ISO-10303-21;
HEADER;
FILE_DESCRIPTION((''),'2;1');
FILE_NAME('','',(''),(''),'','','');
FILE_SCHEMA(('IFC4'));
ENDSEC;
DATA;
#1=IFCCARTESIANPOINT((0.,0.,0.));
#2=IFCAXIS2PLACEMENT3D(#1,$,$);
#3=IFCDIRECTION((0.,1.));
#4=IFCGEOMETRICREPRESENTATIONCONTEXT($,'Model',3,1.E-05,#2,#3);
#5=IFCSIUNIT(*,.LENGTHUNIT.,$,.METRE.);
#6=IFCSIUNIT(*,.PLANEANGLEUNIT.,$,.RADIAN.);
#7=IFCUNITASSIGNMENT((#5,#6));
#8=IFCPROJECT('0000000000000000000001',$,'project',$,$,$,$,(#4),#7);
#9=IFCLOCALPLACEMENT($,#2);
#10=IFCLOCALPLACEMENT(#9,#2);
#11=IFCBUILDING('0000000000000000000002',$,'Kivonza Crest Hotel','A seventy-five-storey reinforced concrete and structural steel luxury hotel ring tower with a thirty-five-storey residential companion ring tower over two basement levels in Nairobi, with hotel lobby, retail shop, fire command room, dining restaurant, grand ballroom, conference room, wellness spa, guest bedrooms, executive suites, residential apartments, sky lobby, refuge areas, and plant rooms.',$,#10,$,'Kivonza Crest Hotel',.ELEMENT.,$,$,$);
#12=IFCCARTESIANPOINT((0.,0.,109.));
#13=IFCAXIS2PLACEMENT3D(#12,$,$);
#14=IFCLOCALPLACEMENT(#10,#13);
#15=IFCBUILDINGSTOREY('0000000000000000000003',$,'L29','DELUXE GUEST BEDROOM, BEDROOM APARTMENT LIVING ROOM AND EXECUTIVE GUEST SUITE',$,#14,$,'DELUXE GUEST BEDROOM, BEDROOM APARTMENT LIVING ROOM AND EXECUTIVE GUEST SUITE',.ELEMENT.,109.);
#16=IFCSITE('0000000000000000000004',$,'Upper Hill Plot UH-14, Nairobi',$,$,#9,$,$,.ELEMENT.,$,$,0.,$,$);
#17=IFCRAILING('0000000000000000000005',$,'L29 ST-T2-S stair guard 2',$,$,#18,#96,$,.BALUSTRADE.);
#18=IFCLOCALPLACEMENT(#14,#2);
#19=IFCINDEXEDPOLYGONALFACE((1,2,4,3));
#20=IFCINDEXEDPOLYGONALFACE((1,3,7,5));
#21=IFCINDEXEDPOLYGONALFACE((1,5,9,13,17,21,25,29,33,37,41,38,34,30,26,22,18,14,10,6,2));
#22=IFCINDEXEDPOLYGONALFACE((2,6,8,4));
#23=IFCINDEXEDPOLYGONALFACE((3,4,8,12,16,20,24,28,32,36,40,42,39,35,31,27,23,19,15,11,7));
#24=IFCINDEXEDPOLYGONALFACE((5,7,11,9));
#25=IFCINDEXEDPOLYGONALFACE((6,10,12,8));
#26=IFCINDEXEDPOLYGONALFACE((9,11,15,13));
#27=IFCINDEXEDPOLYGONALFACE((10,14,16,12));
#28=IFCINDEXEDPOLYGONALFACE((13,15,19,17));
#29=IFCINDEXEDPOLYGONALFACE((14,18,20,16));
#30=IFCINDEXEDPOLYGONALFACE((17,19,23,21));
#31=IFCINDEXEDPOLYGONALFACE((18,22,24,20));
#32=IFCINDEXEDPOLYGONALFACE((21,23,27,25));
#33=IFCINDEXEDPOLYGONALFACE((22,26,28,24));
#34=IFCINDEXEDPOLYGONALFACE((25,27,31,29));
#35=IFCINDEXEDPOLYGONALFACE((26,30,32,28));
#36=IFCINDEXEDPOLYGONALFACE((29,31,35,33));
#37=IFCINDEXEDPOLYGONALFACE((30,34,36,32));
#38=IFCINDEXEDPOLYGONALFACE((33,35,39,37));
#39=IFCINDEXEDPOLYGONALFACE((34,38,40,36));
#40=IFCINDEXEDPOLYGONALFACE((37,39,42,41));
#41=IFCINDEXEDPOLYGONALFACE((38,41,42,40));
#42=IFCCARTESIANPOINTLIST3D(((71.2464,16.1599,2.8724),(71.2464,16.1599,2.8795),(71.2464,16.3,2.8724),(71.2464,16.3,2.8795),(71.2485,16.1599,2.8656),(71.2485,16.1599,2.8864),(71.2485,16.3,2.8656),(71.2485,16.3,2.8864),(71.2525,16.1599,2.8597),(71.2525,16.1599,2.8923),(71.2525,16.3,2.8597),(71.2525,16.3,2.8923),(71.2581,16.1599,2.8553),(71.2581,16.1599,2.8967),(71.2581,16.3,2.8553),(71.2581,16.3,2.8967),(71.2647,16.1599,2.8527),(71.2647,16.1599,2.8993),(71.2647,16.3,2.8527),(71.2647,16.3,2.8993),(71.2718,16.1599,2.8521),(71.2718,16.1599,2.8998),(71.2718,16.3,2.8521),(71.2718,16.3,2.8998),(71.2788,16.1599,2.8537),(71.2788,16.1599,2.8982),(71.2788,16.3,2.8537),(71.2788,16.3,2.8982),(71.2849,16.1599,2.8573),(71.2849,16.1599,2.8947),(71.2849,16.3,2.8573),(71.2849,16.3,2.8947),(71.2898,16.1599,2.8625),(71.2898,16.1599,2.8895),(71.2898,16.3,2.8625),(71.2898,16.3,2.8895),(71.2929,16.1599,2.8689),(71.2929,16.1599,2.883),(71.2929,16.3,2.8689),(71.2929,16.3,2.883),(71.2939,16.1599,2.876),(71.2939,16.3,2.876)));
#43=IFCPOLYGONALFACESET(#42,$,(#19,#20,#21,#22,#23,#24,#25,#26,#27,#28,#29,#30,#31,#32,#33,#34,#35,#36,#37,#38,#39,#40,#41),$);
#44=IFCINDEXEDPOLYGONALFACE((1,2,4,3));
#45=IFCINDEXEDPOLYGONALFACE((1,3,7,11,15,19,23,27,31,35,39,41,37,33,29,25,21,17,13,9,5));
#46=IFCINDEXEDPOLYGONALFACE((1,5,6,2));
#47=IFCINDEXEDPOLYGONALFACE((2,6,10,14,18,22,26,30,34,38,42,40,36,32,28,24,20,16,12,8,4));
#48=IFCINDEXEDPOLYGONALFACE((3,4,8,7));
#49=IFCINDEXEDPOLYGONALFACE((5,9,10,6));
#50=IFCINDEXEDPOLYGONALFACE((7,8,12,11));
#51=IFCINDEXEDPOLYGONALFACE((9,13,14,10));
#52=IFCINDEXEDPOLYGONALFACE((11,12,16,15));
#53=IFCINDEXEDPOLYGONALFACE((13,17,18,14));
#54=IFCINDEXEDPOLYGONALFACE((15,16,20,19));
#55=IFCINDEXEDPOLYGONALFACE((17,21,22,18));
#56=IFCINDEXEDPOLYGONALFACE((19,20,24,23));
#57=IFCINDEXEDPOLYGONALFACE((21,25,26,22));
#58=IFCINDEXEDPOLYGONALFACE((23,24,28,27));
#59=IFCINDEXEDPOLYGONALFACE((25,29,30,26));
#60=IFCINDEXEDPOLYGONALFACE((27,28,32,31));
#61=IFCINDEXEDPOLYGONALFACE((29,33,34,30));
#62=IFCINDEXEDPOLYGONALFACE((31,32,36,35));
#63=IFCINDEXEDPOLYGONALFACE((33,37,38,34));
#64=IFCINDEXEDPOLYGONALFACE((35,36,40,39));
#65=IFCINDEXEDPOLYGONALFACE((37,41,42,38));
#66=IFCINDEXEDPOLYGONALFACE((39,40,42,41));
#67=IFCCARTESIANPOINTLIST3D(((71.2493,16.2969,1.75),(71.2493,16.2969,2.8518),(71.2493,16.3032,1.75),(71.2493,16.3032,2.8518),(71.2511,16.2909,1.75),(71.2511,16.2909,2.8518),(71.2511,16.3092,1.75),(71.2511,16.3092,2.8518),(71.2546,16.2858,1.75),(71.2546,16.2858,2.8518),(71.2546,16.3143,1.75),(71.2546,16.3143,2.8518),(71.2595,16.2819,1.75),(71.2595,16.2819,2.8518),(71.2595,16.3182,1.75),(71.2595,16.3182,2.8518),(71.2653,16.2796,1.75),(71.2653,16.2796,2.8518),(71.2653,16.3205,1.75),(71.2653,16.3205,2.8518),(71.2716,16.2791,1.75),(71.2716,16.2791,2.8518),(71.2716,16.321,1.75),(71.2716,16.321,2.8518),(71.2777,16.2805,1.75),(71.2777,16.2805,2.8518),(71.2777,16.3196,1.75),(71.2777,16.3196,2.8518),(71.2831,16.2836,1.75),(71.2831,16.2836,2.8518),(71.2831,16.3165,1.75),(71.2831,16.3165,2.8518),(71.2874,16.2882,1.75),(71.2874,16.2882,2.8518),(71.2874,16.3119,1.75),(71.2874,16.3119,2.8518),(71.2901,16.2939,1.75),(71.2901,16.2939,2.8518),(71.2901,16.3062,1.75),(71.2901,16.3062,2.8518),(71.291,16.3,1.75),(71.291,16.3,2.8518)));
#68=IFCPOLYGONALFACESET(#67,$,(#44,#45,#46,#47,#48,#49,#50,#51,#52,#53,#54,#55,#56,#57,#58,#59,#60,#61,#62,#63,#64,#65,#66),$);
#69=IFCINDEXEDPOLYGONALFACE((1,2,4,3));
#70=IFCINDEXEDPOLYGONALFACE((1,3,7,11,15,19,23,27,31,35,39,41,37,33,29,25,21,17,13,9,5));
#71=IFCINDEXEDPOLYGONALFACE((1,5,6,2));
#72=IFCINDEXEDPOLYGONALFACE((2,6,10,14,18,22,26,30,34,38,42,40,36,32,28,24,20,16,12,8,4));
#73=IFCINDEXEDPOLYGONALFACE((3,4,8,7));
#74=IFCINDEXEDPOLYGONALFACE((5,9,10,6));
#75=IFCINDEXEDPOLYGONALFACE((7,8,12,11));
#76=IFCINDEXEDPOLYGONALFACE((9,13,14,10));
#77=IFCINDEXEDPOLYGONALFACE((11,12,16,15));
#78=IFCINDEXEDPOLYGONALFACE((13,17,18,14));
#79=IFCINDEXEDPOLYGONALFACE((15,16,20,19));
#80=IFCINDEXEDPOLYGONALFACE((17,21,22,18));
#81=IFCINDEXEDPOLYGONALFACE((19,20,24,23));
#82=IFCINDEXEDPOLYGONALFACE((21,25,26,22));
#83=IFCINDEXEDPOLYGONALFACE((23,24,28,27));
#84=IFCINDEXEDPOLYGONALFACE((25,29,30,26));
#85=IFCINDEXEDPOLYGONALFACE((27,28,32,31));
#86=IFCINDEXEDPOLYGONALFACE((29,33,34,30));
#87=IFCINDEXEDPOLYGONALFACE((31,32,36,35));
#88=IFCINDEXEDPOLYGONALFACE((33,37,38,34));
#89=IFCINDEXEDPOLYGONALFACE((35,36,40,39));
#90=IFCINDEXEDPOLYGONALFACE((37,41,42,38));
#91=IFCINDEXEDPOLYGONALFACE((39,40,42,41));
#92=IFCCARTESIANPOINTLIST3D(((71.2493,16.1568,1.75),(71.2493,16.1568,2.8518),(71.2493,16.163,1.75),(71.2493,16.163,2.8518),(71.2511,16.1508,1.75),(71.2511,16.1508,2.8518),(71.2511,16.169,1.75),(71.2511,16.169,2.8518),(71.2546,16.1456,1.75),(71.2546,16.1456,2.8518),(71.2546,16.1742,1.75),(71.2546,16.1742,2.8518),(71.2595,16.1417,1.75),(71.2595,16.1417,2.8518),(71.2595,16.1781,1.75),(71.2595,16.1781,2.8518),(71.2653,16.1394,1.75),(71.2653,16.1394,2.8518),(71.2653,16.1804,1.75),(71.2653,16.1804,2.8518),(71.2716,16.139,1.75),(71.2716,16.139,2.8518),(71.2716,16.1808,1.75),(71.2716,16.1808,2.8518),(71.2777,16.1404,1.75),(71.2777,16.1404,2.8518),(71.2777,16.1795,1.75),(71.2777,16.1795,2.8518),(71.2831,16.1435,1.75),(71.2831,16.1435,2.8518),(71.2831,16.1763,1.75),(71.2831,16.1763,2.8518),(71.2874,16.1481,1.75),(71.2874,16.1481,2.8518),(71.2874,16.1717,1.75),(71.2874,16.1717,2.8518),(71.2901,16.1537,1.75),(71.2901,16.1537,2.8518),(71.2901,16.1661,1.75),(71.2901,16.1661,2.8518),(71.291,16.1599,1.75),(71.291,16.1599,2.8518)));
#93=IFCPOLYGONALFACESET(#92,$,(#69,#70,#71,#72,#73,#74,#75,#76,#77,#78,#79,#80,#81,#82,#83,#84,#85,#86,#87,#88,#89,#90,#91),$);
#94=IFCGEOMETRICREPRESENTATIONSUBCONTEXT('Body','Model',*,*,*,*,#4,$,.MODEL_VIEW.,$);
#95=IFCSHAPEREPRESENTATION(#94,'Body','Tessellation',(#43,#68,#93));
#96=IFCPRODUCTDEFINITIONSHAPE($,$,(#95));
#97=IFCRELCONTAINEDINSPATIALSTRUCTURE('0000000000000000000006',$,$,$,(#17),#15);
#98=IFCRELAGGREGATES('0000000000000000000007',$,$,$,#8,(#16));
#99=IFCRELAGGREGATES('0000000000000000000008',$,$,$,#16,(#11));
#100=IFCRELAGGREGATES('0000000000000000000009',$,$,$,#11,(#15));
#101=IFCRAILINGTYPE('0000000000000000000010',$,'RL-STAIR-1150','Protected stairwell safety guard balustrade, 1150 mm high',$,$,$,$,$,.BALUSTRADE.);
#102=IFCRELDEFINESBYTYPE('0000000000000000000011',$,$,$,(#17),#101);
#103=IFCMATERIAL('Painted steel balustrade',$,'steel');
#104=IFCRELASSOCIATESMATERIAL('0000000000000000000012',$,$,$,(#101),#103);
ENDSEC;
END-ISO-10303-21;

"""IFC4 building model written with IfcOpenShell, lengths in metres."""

from ifc_helpers import new_model, si_unit, direction, frame, origin, origin_2d, place, context, subcontext, project, spatial, circle, extrude, material, type_object, element, save


model = new_model("IFC4")

# Units and contexts
model_context = context("Model", 3, precision=1e-05, world=origin(), true_north=direction((0.0, 1.0)))
body_context = subcontext(model_context, "Body", "Model", "MODEL_VIEW")
ifc_project = project(units=[si_unit("LENGTHUNIT", "METRE"), si_unit("PLANEANGLEUNIT", "RADIAN")], contexts=[model_context])

# Site, building, storey
site_placement = place(None, origin())
site = spatial("IfcSite", under=ifc_project, at=site_placement, Name="Upper Hill Plot UH-14, Nairobi", CompositionType="ELEMENT", RefElevation=0.0)
building_placement = place(site_placement, origin())
building = spatial("IfcBuilding", under=site, at=building_placement, Name="Kivonza Crest Hotel", Description="A seventy-five-storey reinforced concrete and structural steel luxury hotel ring tower with a thirty-five-storey residential companion ring tower over two basement levels in Nairobi, with hotel lobby, retail shop, fire command room, dining restaurant, grand ballroom, conference room, wellness spa, guest bedrooms, executive suites, residential apartments, sky lobby, refuge areas, and plant rooms.", LongName="Kivonza Crest Hotel", CompositionType="ELEMENT")
storey_placement = place(building_placement, frame((0.0, 0.0, 109.0)))
storey = spatial("IfcBuildingStorey", under=building, at=storey_placement, Name="L29", Description="DELUXE GUEST BEDROOM, BEDROOM APARTMENT LIVING ROOM AND EXECUTIVE GUEST SUITE", LongName="DELUXE GUEST BEDROOM, BEDROOM APARTMENT LIVING ROOM AND EXECUTIVE GUEST SUITE", CompositionType="ELEMENT", Elevation=109.0)

# Railing
ifc_material_1 = material(Name="Painted steel balustrade", Category="steel")
railing_type_1 = type_object("IfcRailingType", Name="RL-STAIR-1150", Description="Protected stairwell safety guard balustrade, 1150 mm high", PredefinedType="BALUSTRADE", material=ifc_material_1)
railing_1_placement = place(storey_placement, frame((71.27, 16.3, 1.75)))
element("IfcRailing", 1, at=railing_1_placement, inside=storey, type_object=railing_type_1, Name="L29 ST-T2-S stair guard 2", PredefinedType="BALUSTRADE", context=body_context, shape_type="SweptSolid", body=[
    extrude(circle(Radius=0.0239, at=origin_2d()), frame((0.0, 0.0, 1.126), z_axis=(0.0, -1.0, 0.0), x_axis=(1.0, 0.0, 0.0)), (0.0, 0.0, 1.0), 0.1401),
    extrude(circle(Radius=0.021, at=origin_2d()), origin(), (0.0, 0.0, 1.0), 1.1018),
    extrude(circle(Radius=0.021, at=origin_2d()), frame((0.0, -0.1401, 0.0)), (0.0, 0.0, 1.0), 1.1018),
])

save(model, "model.ifc")
